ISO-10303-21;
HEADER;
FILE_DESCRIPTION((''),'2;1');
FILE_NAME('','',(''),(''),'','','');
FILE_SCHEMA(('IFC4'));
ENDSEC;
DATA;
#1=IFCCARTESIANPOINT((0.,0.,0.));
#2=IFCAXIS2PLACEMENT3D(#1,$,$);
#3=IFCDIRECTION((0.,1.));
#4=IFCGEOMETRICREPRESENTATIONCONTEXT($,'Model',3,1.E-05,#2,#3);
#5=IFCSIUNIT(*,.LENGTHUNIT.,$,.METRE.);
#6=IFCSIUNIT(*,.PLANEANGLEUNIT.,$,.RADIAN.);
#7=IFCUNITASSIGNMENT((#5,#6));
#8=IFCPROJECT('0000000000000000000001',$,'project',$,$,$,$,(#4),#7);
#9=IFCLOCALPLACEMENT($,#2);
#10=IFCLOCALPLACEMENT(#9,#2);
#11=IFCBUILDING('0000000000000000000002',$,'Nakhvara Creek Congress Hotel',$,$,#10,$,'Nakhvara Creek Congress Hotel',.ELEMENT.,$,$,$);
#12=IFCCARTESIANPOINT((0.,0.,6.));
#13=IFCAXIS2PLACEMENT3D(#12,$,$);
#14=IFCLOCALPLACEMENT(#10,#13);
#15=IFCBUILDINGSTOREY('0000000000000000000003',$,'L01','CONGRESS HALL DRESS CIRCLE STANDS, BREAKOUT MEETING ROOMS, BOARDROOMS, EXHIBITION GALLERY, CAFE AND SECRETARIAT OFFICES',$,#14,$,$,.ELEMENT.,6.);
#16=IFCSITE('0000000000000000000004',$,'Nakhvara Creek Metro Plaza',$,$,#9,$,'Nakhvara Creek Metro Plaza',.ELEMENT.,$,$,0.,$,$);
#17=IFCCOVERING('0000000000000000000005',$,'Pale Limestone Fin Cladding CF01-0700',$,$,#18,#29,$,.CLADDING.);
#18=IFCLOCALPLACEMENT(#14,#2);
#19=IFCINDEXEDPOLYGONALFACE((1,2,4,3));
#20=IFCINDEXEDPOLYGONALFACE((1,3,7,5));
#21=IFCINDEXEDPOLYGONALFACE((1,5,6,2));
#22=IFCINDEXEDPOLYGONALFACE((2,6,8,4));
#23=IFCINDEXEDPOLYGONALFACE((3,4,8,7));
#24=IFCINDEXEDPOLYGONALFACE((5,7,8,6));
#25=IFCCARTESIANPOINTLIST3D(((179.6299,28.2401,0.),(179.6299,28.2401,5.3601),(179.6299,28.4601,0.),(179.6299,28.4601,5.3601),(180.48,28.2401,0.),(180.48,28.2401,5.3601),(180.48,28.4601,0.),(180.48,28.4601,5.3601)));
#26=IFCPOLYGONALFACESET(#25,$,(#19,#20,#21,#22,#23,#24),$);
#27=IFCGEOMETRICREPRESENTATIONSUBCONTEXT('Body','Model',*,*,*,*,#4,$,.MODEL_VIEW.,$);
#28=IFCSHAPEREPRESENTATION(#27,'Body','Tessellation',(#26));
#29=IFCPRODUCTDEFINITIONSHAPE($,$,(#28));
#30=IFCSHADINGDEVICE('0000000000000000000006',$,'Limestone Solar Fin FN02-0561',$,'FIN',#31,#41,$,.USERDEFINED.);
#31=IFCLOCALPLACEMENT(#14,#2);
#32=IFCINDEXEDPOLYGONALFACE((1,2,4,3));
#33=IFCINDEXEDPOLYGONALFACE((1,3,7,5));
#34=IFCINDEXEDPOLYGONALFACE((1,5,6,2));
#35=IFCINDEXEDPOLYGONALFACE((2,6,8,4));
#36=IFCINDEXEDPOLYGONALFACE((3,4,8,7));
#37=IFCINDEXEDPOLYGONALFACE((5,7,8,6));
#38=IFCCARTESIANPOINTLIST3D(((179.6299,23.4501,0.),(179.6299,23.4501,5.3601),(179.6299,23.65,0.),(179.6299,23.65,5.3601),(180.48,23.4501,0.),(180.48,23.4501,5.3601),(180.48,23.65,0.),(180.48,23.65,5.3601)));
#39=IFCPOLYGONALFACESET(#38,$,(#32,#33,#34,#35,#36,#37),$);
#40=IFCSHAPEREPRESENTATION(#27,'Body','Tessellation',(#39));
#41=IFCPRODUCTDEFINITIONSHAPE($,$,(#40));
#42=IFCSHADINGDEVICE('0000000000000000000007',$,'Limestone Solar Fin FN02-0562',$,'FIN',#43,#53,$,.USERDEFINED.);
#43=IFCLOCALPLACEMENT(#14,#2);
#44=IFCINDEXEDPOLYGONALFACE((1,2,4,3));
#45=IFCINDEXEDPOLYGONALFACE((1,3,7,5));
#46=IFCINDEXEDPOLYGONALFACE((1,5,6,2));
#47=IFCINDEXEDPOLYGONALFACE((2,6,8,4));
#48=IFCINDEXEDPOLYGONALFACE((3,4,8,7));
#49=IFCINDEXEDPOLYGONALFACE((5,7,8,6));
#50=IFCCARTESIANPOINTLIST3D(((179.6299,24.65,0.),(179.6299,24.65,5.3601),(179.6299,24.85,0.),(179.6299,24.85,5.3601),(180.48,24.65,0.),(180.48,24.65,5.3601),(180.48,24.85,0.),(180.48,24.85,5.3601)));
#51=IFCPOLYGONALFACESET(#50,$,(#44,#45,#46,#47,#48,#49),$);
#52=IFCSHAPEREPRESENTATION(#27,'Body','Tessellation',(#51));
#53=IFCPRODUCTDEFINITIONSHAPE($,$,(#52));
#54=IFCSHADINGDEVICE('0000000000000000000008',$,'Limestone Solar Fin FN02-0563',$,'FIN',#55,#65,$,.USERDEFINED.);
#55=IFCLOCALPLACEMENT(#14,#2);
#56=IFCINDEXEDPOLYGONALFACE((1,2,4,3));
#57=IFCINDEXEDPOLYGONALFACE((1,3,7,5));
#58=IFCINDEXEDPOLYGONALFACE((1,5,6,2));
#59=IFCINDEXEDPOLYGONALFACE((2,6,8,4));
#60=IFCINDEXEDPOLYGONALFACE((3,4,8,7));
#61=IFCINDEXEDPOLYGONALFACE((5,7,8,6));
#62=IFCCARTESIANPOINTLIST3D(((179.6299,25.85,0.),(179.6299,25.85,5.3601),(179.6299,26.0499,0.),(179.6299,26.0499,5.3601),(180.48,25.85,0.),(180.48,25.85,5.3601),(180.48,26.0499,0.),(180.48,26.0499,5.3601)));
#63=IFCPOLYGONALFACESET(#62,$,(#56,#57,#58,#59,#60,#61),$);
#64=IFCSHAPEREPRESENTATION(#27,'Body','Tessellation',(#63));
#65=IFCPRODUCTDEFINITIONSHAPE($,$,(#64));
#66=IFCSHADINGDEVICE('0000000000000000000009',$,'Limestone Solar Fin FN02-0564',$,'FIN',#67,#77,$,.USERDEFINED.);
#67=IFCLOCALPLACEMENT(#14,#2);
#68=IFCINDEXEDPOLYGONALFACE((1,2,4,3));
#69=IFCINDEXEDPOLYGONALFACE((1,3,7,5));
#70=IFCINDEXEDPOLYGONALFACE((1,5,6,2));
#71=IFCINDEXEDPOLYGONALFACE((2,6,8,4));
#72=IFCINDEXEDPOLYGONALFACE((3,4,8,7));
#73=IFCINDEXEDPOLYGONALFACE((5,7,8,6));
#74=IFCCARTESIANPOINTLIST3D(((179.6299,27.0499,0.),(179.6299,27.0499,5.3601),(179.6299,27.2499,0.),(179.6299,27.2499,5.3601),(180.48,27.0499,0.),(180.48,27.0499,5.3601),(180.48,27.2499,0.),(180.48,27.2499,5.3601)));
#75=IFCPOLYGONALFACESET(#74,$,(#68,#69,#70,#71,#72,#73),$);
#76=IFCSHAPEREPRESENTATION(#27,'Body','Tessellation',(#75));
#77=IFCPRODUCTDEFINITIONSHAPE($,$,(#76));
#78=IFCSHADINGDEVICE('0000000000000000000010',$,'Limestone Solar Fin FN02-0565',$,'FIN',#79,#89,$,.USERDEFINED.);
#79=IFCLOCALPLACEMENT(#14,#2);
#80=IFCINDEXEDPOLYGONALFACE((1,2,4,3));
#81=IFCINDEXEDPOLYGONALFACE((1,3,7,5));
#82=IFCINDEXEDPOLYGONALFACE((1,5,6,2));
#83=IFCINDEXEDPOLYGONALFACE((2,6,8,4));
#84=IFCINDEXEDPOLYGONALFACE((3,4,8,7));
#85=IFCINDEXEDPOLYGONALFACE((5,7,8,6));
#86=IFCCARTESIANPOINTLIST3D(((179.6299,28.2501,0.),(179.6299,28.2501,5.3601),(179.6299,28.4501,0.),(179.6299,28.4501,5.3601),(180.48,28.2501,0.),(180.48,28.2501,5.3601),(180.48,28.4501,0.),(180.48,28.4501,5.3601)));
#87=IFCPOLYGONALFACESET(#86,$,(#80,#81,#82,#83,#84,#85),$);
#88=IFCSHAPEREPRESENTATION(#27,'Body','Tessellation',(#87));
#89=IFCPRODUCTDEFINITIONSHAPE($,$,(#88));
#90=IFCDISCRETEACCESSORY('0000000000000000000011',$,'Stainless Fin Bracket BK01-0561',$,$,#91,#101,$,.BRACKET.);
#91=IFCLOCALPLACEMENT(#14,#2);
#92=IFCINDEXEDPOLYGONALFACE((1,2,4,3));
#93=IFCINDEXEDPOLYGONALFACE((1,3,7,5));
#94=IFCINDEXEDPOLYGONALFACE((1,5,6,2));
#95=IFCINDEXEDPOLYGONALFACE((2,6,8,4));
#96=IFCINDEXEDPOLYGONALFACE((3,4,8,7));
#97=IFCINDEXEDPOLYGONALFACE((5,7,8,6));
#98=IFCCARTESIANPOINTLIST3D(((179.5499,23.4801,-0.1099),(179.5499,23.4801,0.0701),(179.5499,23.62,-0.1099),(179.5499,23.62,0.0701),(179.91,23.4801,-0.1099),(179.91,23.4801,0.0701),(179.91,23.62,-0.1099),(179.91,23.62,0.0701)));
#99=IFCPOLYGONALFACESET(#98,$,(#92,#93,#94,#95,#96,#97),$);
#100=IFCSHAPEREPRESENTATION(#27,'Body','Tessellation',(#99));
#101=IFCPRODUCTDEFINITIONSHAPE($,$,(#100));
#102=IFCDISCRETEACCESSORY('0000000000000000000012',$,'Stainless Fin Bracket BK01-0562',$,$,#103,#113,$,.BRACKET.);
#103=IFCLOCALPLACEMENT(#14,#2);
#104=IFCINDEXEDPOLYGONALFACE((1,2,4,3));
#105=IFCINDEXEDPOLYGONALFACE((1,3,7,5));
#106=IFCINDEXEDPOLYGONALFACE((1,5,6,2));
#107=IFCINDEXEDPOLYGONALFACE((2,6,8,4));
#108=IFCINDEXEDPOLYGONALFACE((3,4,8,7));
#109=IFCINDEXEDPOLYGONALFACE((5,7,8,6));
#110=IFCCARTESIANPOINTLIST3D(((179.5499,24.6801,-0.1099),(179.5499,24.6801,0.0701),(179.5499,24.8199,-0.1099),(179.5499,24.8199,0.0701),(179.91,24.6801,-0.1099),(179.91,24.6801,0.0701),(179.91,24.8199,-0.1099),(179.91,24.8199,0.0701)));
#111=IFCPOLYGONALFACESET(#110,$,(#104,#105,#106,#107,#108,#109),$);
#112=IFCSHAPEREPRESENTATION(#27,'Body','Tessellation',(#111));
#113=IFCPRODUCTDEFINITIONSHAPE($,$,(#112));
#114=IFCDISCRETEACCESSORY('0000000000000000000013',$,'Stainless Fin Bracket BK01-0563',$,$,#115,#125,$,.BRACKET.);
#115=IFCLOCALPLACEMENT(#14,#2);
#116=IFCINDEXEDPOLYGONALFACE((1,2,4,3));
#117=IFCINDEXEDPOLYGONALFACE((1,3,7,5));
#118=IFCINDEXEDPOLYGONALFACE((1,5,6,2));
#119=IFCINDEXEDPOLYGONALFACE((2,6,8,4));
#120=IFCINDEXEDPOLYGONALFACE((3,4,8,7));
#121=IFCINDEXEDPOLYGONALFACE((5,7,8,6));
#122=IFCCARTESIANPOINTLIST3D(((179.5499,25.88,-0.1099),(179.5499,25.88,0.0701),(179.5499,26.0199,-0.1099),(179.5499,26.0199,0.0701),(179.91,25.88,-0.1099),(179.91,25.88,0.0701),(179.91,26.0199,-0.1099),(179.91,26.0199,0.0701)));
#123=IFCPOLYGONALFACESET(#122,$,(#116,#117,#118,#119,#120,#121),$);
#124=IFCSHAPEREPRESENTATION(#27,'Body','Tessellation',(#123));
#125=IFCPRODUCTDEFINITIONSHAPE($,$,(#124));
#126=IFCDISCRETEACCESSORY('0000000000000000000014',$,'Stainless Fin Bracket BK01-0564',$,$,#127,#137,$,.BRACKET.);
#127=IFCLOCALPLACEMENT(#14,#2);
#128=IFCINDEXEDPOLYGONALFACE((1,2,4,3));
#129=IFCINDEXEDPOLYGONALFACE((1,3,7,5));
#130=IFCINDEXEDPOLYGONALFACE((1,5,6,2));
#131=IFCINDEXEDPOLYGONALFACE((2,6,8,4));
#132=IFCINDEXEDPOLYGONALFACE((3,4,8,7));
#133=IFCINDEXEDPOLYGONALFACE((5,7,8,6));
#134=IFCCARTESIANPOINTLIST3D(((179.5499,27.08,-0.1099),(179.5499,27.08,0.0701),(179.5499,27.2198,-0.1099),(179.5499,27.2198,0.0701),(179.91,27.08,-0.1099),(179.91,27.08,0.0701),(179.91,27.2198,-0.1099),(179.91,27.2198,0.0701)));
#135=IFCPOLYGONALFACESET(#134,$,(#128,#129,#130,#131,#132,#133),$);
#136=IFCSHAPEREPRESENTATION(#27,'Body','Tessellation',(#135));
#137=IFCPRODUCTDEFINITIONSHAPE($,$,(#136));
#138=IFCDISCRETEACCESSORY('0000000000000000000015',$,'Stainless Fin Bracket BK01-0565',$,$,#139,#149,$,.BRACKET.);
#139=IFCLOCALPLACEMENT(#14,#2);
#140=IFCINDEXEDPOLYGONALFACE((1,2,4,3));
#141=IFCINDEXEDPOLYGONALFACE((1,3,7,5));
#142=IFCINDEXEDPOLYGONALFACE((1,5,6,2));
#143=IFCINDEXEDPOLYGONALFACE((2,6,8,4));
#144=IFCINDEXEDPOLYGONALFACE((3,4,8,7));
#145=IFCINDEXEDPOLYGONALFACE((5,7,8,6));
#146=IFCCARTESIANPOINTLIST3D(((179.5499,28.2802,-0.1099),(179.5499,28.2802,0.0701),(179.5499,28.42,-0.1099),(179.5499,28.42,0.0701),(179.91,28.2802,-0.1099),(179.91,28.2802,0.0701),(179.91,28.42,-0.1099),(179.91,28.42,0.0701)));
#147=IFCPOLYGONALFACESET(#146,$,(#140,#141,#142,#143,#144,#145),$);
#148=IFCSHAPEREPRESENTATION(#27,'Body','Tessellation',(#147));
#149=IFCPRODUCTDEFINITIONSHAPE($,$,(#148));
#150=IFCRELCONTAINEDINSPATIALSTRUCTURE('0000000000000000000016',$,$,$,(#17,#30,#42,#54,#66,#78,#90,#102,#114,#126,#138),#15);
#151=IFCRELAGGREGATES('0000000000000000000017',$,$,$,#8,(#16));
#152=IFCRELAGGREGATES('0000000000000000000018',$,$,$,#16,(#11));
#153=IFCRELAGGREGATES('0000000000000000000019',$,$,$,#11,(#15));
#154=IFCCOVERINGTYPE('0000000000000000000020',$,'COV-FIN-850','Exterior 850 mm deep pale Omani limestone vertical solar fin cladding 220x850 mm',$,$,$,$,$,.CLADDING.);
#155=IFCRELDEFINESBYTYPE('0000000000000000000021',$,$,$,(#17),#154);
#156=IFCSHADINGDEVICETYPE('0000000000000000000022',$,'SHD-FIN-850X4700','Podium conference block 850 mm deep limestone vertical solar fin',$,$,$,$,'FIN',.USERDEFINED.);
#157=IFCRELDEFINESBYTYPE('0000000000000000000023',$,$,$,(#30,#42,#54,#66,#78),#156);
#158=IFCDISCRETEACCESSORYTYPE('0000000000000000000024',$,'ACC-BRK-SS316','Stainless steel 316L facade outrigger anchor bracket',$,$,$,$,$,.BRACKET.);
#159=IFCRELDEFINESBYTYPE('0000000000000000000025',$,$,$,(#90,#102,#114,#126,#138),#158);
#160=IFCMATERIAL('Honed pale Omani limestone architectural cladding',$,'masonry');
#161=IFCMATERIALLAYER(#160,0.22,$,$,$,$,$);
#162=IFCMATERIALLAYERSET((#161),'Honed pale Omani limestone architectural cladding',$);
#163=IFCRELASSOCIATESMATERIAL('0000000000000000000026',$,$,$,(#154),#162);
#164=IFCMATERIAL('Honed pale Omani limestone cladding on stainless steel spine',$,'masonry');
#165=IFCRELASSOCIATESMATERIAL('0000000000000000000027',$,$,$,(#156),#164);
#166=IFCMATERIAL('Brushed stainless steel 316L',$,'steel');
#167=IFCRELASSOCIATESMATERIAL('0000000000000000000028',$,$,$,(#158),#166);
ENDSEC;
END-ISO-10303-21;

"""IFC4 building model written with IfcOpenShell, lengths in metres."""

from ifc_helpers import new_model, si_unit, direction, frame, origin, origin_2d, place, context, subcontext, project, spatial, rectangle, extrude, material, layer, layer_set, type_object, element, save


model = new_model("IFC4")

# Units and contexts
model_context = context("Model", 3, precision=1e-05, world=origin(), true_north=direction((0.0, 1.0)))
body_context = subcontext(model_context, "Body", "Model", "MODEL_VIEW")
ifc_project = project(units=[si_unit("LENGTHUNIT", "METRE"), si_unit("PLANEANGLEUNIT", "RADIAN")], contexts=[model_context])

# Site, building, storey
site_placement = place(None, origin())
site = spatial("IfcSite", under=ifc_project, at=site_placement, Name="Nakhvara Creek Metro Plaza", LongName="Nakhvara Creek Metro Plaza", CompositionType="ELEMENT", RefElevation=0.0)
building_placement = place(site_placement, origin())
building = spatial("IfcBuilding", under=site, at=building_placement, Name="Nakhvara Creek Congress Hotel", LongName="Nakhvara Creek Congress Hotel", CompositionType="ELEMENT")
storey_placement = place(building_placement, frame((0.0, 0.0, 6.0)))
storey = spatial("IfcBuildingStorey", under=building, at=storey_placement, Name="L01", Description="CONGRESS HALL DRESS CIRCLE STANDS, BREAKOUT MEETING ROOMS, BOARDROOMS, EXHIBITION GALLERY, CAFE AND SECRETARIAT OFFICES", CompositionType="ELEMENT", Elevation=6.0)

# Covering
ifc_material_1 = material(Name="Honed pale Omani limestone architectural cladding", Category="masonry")
ifc_layer_1 = layer(ifc_material_1, 0.22)
ifc_layer_set_1 = layer_set([ifc_layer_1], Name="Honed pale Omani limestone architectural cladding")
covering_type = type_object("IfcCoveringType", Name="COV-FIN-850", Description="Exterior 850 mm deep pale Omani limestone vertical solar fin cladding 220x850 mm", PredefinedType="CLADDING", material=ifc_layer_set_1)
for number, where, z_axis, x_axis, name in (
    (1, (180.0549, 28.3501, 0.0), (0.0, 0.0, 1.0), (0.0, 1.0, 0.0), "Pale Limestone Fin Cladding CF01-0700"),
):
    element("IfcCovering", number, at=place(storey_placement, frame(where, z_axis=z_axis, x_axis=x_axis)), inside=storey, type_object=covering_type, Name=name, PredefinedType="CLADDING", context=body_context, shape_type="SweptSolid", body=[
        extrude(rectangle(XDim=0.22, YDim=0.8501, at=origin_2d()), origin(), (0.0, 0.0, 1.0), 5.3601),
    ])

# Shading devices
ifc_material_2 = material(Name="Honed pale Omani limestone cladding on stainless steel spine", Category="masonry")
shading_device_type = type_object("IfcShadingDeviceType", Name="SHD-FIN-850X4700", Description="Podium conference block 850 mm deep limestone vertical solar fin", ElementType="FIN", PredefinedType="USERDEFINED", material=ifc_material_2)
for number, where, z_axis, x_axis, name in (
    (2, (180.0549, 23.55, 0.0), (0.0, 0.0, 1.0), (0.0, 1.0, 0.0), "Limestone Solar Fin FN02-0561"),
    (3, (180.0549, 24.75, 0.0), (0.0, 0.0, 1.0), (0.0, 1.0, 0.0), "Limestone Solar Fin FN02-0562"),
    (4, (180.0549, 25.95, 0.0), (0.0, 0.0, 1.0), (0.0, 1.0, 0.0), "Limestone Solar Fin FN02-0563"),
    (5, (180.0549, 27.1499, 0.0), (0.0, 0.0, 1.0), (0.0, 1.0, 0.0), "Limestone Solar Fin FN02-0564"),
    (6, (180.0549, 28.3501, 0.0), (0.0, 0.0, 1.0), (0.0, 1.0, 0.0), "Limestone Solar Fin FN02-0565"),
):
    element("IfcShadingDevice", number, at=place(storey_placement, frame(where, z_axis=z_axis, x_axis=x_axis)), inside=storey, type_object=shading_device_type, Name=name, ObjectType="FIN", PredefinedType="USERDEFINED", context=body_context, shape_type="SweptSolid", body=[
        extrude(rectangle(XDim=0.2, YDim=0.8501, at=origin_2d()), origin(), (0.0, 0.0, 1.0), 5.3601),
    ])

# Discrete accessories
ifc_material_3 = material(Name="Brushed stainless steel 316L", Category="steel")
discrete_accessory_type = type_object("IfcDiscreteAccessoryType", Name="ACC-BRK-SS316", Description="Stainless steel 316L facade outrigger anchor bracket", PredefinedType="BRACKET", material=ifc_material_3)
for number, where, z_axis, x_axis, name in (
    (7, (179.73, 23.55, -0.1099), (0.0, 0.0, 1.0), (0.0, 1.0, 0.0), "Stainless Fin Bracket BK01-0561"),
    (8, (179.73, 24.75, -0.1099), (0.0, 0.0, 1.0), (0.0, 1.0, 0.0), "Stainless Fin Bracket BK01-0562"),
    (9, (179.73, 25.95, -0.1099), (0.0, 0.0, 1.0), (0.0, 1.0, 0.0), "Stainless Fin Bracket BK01-0563"),
    (10, (179.73, 27.1499, -0.1099), (0.0, 0.0, 1.0), (0.0, 1.0, 0.0), "Stainless Fin Bracket BK01-0564"),
    (11, (179.73, 28.3501, -0.1099), (0.0, 0.0, 1.0), (0.0, 1.0, 0.0), "Stainless Fin Bracket BK01-0565"),
):
    element("IfcDiscreteAccessory", number, at=place(storey_placement, frame(where, z_axis=z_axis, x_axis=x_axis)), inside=storey, type_object=discrete_accessory_type, Name=name, PredefinedType="BRACKET", context=body_context, shape_type="SweptSolid", body=[
        extrude(rectangle(XDim=0.1399, YDim=0.3601, at=origin_2d()), origin(), (0.0, 0.0, 1.0), 0.1799),
    ])

save(model, "model.ifc")
